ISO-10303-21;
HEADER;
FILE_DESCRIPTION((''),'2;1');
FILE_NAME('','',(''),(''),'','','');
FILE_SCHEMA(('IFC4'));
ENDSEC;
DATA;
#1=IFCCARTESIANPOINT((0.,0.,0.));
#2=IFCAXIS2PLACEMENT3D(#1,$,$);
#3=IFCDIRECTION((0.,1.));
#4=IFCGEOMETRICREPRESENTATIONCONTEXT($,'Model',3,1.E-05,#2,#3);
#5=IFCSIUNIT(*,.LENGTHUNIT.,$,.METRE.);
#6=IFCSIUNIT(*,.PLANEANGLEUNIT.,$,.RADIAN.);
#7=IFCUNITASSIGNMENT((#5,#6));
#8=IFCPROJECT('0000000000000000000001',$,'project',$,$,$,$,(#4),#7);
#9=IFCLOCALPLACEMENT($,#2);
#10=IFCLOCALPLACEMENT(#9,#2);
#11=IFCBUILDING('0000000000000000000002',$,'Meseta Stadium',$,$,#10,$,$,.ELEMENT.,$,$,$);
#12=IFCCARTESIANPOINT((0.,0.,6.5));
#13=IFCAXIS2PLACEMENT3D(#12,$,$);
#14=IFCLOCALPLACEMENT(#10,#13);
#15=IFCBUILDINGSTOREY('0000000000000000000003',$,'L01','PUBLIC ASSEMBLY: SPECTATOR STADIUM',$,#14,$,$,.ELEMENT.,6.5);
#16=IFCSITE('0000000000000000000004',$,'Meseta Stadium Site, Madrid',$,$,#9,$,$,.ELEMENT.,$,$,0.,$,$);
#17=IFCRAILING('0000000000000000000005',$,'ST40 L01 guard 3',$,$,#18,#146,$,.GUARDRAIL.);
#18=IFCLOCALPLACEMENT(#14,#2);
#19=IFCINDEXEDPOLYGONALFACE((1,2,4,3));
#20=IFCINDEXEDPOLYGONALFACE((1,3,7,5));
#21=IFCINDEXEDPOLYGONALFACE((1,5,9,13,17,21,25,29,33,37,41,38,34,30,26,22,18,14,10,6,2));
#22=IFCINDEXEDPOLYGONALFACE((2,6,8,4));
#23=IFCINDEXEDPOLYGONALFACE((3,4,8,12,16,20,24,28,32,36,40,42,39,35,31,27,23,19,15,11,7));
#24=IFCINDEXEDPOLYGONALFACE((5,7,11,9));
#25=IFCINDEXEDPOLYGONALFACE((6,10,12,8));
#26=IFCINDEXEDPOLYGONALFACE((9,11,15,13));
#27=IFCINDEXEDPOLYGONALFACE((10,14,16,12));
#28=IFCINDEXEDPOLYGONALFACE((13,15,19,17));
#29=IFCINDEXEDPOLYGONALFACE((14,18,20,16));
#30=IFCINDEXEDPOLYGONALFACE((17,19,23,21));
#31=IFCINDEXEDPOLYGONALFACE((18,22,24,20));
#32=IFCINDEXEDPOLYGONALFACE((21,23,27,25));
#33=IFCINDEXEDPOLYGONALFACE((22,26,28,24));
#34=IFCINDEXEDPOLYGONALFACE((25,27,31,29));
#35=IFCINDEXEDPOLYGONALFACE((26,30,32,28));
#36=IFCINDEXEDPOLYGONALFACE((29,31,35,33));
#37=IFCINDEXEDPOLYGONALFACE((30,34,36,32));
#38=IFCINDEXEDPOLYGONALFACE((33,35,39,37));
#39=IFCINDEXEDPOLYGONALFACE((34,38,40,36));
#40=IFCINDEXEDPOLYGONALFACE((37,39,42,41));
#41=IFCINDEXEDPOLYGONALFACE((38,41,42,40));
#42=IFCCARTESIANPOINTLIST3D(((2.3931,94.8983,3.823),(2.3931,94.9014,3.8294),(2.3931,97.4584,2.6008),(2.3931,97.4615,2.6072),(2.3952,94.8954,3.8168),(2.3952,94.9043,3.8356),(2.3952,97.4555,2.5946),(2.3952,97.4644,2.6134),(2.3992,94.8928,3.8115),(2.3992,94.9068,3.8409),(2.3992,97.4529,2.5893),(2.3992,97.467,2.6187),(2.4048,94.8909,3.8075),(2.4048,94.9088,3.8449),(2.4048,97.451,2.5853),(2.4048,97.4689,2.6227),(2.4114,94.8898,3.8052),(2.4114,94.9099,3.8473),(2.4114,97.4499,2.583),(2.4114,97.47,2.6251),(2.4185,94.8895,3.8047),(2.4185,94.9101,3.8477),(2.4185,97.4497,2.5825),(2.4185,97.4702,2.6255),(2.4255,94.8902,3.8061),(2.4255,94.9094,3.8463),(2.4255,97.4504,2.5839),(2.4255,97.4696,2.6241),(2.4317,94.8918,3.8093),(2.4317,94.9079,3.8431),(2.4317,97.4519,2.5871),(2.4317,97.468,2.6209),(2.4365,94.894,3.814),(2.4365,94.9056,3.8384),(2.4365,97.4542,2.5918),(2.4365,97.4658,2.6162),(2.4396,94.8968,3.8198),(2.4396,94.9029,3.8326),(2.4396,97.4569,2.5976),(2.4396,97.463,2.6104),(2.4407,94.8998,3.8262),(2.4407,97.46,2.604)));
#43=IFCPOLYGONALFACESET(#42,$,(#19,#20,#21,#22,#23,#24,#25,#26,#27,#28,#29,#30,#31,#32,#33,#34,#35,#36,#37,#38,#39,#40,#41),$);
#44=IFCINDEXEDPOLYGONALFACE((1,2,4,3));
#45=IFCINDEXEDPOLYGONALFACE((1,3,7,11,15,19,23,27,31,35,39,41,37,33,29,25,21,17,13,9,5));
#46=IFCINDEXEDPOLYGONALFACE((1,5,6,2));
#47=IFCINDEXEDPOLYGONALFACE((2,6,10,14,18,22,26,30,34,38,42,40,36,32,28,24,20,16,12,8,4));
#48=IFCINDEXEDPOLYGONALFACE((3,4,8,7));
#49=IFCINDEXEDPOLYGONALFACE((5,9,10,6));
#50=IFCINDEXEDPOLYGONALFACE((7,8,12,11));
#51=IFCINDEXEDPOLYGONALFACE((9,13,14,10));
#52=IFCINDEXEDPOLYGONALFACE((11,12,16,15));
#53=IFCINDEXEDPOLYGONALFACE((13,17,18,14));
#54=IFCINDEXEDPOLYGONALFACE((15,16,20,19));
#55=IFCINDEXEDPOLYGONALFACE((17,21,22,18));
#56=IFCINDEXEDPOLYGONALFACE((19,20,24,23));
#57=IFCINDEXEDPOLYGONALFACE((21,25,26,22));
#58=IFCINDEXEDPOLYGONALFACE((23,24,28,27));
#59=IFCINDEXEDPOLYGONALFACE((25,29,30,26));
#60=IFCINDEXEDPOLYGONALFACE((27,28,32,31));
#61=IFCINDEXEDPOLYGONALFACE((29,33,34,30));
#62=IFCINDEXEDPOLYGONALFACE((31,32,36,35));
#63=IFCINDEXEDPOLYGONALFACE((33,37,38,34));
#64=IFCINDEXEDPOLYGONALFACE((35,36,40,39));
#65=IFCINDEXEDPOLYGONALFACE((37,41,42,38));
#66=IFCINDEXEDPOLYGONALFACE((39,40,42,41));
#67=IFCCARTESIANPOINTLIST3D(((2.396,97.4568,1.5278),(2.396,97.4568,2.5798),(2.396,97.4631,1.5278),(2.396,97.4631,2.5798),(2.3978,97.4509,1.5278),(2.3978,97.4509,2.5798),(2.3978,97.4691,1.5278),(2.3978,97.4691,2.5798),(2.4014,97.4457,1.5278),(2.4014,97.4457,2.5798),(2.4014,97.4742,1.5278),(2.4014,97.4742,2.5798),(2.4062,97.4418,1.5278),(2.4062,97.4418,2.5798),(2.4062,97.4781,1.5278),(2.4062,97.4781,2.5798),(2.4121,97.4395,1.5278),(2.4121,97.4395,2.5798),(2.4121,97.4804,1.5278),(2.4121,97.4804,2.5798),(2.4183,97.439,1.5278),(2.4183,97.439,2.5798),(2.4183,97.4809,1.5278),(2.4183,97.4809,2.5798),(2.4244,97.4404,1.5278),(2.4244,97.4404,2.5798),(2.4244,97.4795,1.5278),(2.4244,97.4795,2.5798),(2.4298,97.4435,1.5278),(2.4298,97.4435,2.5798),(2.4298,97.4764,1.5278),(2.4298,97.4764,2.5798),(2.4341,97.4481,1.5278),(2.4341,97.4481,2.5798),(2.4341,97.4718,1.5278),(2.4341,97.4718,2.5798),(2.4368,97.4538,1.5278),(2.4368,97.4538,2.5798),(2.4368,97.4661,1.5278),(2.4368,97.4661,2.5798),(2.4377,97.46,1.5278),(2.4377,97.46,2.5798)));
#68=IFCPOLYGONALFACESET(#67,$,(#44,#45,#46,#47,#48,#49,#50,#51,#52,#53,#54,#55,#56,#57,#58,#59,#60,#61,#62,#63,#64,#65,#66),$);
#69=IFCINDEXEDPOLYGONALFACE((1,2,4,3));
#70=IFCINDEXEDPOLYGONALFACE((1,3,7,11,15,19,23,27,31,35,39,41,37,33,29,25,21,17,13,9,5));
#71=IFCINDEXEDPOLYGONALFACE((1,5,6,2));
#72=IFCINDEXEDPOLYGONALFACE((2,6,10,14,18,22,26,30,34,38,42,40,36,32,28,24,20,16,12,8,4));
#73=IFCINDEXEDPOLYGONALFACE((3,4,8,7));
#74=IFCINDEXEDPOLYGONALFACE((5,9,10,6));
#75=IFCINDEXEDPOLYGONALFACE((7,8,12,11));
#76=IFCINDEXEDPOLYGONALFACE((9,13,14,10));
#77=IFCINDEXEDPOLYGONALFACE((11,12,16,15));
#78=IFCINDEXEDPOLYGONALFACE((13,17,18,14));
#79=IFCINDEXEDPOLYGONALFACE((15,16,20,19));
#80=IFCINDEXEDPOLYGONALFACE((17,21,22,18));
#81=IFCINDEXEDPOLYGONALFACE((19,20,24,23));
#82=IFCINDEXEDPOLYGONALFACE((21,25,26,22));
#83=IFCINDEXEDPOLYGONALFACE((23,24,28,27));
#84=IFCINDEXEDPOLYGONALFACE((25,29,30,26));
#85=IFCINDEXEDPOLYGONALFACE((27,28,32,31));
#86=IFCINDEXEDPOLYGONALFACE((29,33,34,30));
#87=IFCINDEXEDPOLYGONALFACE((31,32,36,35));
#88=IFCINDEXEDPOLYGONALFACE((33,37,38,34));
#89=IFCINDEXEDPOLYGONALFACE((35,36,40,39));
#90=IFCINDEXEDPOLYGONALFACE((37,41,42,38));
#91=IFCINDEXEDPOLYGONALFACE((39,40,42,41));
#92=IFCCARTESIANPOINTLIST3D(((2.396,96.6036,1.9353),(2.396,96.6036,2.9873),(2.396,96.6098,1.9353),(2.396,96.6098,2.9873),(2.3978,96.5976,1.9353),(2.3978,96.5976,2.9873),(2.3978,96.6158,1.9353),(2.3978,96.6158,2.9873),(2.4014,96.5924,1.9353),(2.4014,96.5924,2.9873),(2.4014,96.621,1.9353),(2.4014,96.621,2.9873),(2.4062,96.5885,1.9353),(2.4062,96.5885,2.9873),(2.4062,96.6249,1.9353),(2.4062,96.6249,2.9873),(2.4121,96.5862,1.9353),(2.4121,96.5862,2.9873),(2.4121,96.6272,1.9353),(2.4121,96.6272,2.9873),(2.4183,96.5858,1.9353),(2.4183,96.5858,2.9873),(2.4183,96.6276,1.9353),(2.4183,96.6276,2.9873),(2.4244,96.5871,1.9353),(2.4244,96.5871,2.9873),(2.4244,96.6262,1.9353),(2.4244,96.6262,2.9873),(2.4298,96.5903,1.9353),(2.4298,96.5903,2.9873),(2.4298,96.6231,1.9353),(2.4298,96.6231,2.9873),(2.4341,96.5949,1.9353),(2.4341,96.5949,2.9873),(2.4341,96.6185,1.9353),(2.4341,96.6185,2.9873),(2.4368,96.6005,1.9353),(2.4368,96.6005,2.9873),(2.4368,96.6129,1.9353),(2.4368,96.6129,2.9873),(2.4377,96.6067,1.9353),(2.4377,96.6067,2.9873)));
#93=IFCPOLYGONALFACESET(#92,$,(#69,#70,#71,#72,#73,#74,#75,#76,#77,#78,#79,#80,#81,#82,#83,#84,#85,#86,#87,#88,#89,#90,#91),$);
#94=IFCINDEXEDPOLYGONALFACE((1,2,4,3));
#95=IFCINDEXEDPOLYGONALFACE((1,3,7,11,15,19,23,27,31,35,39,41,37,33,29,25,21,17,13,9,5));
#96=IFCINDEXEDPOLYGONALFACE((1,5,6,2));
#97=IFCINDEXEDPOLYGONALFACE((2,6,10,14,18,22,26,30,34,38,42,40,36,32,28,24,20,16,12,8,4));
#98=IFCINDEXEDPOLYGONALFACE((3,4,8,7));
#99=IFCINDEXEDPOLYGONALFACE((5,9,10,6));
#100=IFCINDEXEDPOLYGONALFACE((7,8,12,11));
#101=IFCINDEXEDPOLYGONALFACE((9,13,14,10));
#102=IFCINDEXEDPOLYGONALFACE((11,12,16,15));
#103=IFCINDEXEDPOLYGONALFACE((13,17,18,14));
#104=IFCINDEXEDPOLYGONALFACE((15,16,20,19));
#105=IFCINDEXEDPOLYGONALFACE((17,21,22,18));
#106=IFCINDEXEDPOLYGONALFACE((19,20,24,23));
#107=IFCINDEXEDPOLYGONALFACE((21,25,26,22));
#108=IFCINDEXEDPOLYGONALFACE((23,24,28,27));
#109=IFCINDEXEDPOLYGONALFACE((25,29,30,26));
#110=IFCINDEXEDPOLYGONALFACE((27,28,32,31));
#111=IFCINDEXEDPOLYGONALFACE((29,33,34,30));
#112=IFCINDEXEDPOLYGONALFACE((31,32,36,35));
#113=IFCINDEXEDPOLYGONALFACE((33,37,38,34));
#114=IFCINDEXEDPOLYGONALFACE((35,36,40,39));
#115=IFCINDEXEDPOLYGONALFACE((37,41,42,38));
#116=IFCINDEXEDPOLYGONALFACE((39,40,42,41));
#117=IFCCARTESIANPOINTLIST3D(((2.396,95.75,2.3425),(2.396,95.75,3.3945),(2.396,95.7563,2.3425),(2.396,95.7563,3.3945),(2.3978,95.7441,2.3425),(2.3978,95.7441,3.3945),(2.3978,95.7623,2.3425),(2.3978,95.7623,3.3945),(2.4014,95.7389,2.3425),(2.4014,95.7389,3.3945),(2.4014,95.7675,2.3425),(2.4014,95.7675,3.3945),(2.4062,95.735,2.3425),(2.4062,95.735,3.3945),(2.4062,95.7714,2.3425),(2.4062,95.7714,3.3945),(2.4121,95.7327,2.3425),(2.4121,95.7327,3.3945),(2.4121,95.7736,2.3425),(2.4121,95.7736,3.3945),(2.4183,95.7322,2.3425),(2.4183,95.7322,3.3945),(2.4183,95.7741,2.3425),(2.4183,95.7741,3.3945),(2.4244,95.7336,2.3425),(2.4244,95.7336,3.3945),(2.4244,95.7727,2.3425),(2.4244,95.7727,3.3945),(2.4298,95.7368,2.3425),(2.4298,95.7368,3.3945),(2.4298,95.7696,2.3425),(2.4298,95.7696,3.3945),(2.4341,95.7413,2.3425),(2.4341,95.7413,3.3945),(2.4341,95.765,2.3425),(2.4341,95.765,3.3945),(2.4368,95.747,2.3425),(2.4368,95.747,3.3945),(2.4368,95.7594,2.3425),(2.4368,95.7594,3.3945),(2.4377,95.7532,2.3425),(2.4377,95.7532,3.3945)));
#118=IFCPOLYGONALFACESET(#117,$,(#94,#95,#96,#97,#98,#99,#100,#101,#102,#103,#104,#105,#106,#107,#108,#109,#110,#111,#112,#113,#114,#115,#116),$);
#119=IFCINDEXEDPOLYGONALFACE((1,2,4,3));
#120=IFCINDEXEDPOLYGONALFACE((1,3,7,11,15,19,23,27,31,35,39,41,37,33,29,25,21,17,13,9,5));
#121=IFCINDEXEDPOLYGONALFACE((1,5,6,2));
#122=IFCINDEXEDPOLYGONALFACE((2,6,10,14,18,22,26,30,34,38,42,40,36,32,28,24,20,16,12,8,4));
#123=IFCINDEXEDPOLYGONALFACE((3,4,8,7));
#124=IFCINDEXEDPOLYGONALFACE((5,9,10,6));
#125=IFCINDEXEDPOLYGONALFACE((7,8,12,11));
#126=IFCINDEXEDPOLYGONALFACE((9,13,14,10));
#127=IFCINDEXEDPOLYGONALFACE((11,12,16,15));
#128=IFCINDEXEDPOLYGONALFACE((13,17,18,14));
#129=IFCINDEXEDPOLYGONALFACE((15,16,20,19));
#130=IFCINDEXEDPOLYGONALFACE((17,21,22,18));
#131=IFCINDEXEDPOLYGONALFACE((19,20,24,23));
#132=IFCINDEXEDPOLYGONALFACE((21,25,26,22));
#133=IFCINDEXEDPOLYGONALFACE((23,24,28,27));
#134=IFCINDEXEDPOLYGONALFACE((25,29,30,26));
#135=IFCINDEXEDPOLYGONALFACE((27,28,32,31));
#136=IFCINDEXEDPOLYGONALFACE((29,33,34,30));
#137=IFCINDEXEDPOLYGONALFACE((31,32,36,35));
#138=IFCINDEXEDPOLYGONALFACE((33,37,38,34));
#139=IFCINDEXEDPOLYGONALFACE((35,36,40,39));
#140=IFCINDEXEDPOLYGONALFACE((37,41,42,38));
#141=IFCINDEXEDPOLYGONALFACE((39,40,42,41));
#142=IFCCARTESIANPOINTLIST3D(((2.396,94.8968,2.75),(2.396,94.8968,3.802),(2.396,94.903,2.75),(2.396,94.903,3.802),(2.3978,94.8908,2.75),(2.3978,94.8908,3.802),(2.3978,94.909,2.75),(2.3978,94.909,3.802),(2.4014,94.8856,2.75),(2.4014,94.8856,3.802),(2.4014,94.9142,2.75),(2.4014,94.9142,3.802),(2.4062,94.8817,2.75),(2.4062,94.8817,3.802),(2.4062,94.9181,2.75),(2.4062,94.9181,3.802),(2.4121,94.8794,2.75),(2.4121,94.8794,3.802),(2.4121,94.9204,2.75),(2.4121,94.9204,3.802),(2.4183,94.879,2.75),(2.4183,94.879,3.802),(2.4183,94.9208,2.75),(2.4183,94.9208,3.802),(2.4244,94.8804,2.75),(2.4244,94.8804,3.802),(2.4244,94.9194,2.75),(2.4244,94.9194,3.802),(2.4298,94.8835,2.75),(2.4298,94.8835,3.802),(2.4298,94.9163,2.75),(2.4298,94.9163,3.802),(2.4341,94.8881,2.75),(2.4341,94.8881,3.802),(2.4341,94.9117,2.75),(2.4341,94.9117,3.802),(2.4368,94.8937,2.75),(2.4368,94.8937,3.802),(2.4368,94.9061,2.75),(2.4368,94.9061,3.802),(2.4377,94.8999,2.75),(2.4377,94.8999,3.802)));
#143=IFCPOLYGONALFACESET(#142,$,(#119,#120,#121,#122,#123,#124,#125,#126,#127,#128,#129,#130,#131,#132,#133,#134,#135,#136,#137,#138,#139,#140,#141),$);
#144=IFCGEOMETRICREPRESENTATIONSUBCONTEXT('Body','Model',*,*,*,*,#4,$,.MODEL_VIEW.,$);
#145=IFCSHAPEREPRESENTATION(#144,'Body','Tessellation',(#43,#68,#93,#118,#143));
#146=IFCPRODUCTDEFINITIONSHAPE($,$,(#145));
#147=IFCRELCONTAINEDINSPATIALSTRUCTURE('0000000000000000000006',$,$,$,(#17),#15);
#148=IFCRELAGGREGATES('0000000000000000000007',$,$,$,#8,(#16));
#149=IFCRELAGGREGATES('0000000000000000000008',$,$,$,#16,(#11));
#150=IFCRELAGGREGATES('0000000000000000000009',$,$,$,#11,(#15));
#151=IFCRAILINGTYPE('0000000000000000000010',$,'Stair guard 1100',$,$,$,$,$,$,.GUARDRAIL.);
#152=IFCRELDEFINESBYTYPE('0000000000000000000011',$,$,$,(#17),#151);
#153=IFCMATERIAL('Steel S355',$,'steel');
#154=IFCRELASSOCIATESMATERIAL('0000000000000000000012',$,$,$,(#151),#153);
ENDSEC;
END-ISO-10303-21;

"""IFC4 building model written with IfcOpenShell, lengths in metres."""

from ifc_helpers import new_model, si_unit, direction, frame, origin, origin_2d, place, context, subcontext, project, spatial, circle, extrude, material, type_object, element, save


model = new_model("IFC4")

# Units and contexts
model_context = context("Model", 3, precision=1e-05, world=origin(), true_north=direction((0.0, 1.0)))
body_context = subcontext(model_context, "Body", "Model", "MODEL_VIEW")
ifc_project = project(units=[si_unit("LENGTHUNIT", "METRE"), si_unit("PLANEANGLEUNIT", "RADIAN")], contexts=[model_context])

# Site, building, storey
site_placement = place(None, origin())
site = spatial("IfcSite", under=ifc_project, at=site_placement, Name="Meseta Stadium Site, Madrid", CompositionType="ELEMENT", RefElevation=0.0)
building_placement = place(site_placement, origin())
building = spatial("IfcBuilding", under=site, at=building_placement, Name="Meseta Stadium", CompositionType="ELEMENT")
storey_placement = place(building_placement, frame((0.0, 0.0, 6.5)))
storey = spatial("IfcBuildingStorey", under=building, at=storey_placement, Name="L01", Description="PUBLIC ASSEMBLY: SPECTATOR STADIUM", CompositionType="ELEMENT", Elevation=6.5)

# Railing
ifc_material_1 = material(Name="Steel S355", Category="steel")
railing_type_1 = type_object("IfcRailingType", Name="Stair guard 1100", PredefinedType="GUARDRAIL", material=ifc_material_1)
railing_1_placement = place(storey_placement, frame((2.4167, 97.46, 1.5278)))
element("IfcRailing", 1, at=railing_1_placement, inside=storey, type_object=railing_type_1, Name="ST40 L01 guard 3", PredefinedType="GUARDRAIL", context=body_context, shape_type="SweptSolid", body=[
    extrude(circle(Radius=0.0239, at=origin_2d()), frame((0.0, 0.0, 1.0762), z_axis=(0.0, -0.902437, 0.430822), x_axis=(1.0, 0.0, 0.0)), (0.0, 0.0, 1.0), 2.8369),
    extrude(circle(Radius=0.021, at=origin_2d()), origin(), (0.0, 0.0, 1.0), 1.052),
    extrude(circle(Radius=0.021, at=origin_2d()), frame((0.0, -0.8533, 0.4075)), (0.0, 0.0, 1.0), 1.052),
    extrude(circle(Radius=0.021, at=origin_2d()), frame((0.0, -1.7068, 0.8147)), (0.0, 0.0, 1.0), 1.052),
    extrude(circle(Radius=0.021, at=origin_2d()), frame((0.0, -2.5601, 1.2222)), (0.0, 0.0, 1.0), 1.052),
])

save(model, "model.ifc")
